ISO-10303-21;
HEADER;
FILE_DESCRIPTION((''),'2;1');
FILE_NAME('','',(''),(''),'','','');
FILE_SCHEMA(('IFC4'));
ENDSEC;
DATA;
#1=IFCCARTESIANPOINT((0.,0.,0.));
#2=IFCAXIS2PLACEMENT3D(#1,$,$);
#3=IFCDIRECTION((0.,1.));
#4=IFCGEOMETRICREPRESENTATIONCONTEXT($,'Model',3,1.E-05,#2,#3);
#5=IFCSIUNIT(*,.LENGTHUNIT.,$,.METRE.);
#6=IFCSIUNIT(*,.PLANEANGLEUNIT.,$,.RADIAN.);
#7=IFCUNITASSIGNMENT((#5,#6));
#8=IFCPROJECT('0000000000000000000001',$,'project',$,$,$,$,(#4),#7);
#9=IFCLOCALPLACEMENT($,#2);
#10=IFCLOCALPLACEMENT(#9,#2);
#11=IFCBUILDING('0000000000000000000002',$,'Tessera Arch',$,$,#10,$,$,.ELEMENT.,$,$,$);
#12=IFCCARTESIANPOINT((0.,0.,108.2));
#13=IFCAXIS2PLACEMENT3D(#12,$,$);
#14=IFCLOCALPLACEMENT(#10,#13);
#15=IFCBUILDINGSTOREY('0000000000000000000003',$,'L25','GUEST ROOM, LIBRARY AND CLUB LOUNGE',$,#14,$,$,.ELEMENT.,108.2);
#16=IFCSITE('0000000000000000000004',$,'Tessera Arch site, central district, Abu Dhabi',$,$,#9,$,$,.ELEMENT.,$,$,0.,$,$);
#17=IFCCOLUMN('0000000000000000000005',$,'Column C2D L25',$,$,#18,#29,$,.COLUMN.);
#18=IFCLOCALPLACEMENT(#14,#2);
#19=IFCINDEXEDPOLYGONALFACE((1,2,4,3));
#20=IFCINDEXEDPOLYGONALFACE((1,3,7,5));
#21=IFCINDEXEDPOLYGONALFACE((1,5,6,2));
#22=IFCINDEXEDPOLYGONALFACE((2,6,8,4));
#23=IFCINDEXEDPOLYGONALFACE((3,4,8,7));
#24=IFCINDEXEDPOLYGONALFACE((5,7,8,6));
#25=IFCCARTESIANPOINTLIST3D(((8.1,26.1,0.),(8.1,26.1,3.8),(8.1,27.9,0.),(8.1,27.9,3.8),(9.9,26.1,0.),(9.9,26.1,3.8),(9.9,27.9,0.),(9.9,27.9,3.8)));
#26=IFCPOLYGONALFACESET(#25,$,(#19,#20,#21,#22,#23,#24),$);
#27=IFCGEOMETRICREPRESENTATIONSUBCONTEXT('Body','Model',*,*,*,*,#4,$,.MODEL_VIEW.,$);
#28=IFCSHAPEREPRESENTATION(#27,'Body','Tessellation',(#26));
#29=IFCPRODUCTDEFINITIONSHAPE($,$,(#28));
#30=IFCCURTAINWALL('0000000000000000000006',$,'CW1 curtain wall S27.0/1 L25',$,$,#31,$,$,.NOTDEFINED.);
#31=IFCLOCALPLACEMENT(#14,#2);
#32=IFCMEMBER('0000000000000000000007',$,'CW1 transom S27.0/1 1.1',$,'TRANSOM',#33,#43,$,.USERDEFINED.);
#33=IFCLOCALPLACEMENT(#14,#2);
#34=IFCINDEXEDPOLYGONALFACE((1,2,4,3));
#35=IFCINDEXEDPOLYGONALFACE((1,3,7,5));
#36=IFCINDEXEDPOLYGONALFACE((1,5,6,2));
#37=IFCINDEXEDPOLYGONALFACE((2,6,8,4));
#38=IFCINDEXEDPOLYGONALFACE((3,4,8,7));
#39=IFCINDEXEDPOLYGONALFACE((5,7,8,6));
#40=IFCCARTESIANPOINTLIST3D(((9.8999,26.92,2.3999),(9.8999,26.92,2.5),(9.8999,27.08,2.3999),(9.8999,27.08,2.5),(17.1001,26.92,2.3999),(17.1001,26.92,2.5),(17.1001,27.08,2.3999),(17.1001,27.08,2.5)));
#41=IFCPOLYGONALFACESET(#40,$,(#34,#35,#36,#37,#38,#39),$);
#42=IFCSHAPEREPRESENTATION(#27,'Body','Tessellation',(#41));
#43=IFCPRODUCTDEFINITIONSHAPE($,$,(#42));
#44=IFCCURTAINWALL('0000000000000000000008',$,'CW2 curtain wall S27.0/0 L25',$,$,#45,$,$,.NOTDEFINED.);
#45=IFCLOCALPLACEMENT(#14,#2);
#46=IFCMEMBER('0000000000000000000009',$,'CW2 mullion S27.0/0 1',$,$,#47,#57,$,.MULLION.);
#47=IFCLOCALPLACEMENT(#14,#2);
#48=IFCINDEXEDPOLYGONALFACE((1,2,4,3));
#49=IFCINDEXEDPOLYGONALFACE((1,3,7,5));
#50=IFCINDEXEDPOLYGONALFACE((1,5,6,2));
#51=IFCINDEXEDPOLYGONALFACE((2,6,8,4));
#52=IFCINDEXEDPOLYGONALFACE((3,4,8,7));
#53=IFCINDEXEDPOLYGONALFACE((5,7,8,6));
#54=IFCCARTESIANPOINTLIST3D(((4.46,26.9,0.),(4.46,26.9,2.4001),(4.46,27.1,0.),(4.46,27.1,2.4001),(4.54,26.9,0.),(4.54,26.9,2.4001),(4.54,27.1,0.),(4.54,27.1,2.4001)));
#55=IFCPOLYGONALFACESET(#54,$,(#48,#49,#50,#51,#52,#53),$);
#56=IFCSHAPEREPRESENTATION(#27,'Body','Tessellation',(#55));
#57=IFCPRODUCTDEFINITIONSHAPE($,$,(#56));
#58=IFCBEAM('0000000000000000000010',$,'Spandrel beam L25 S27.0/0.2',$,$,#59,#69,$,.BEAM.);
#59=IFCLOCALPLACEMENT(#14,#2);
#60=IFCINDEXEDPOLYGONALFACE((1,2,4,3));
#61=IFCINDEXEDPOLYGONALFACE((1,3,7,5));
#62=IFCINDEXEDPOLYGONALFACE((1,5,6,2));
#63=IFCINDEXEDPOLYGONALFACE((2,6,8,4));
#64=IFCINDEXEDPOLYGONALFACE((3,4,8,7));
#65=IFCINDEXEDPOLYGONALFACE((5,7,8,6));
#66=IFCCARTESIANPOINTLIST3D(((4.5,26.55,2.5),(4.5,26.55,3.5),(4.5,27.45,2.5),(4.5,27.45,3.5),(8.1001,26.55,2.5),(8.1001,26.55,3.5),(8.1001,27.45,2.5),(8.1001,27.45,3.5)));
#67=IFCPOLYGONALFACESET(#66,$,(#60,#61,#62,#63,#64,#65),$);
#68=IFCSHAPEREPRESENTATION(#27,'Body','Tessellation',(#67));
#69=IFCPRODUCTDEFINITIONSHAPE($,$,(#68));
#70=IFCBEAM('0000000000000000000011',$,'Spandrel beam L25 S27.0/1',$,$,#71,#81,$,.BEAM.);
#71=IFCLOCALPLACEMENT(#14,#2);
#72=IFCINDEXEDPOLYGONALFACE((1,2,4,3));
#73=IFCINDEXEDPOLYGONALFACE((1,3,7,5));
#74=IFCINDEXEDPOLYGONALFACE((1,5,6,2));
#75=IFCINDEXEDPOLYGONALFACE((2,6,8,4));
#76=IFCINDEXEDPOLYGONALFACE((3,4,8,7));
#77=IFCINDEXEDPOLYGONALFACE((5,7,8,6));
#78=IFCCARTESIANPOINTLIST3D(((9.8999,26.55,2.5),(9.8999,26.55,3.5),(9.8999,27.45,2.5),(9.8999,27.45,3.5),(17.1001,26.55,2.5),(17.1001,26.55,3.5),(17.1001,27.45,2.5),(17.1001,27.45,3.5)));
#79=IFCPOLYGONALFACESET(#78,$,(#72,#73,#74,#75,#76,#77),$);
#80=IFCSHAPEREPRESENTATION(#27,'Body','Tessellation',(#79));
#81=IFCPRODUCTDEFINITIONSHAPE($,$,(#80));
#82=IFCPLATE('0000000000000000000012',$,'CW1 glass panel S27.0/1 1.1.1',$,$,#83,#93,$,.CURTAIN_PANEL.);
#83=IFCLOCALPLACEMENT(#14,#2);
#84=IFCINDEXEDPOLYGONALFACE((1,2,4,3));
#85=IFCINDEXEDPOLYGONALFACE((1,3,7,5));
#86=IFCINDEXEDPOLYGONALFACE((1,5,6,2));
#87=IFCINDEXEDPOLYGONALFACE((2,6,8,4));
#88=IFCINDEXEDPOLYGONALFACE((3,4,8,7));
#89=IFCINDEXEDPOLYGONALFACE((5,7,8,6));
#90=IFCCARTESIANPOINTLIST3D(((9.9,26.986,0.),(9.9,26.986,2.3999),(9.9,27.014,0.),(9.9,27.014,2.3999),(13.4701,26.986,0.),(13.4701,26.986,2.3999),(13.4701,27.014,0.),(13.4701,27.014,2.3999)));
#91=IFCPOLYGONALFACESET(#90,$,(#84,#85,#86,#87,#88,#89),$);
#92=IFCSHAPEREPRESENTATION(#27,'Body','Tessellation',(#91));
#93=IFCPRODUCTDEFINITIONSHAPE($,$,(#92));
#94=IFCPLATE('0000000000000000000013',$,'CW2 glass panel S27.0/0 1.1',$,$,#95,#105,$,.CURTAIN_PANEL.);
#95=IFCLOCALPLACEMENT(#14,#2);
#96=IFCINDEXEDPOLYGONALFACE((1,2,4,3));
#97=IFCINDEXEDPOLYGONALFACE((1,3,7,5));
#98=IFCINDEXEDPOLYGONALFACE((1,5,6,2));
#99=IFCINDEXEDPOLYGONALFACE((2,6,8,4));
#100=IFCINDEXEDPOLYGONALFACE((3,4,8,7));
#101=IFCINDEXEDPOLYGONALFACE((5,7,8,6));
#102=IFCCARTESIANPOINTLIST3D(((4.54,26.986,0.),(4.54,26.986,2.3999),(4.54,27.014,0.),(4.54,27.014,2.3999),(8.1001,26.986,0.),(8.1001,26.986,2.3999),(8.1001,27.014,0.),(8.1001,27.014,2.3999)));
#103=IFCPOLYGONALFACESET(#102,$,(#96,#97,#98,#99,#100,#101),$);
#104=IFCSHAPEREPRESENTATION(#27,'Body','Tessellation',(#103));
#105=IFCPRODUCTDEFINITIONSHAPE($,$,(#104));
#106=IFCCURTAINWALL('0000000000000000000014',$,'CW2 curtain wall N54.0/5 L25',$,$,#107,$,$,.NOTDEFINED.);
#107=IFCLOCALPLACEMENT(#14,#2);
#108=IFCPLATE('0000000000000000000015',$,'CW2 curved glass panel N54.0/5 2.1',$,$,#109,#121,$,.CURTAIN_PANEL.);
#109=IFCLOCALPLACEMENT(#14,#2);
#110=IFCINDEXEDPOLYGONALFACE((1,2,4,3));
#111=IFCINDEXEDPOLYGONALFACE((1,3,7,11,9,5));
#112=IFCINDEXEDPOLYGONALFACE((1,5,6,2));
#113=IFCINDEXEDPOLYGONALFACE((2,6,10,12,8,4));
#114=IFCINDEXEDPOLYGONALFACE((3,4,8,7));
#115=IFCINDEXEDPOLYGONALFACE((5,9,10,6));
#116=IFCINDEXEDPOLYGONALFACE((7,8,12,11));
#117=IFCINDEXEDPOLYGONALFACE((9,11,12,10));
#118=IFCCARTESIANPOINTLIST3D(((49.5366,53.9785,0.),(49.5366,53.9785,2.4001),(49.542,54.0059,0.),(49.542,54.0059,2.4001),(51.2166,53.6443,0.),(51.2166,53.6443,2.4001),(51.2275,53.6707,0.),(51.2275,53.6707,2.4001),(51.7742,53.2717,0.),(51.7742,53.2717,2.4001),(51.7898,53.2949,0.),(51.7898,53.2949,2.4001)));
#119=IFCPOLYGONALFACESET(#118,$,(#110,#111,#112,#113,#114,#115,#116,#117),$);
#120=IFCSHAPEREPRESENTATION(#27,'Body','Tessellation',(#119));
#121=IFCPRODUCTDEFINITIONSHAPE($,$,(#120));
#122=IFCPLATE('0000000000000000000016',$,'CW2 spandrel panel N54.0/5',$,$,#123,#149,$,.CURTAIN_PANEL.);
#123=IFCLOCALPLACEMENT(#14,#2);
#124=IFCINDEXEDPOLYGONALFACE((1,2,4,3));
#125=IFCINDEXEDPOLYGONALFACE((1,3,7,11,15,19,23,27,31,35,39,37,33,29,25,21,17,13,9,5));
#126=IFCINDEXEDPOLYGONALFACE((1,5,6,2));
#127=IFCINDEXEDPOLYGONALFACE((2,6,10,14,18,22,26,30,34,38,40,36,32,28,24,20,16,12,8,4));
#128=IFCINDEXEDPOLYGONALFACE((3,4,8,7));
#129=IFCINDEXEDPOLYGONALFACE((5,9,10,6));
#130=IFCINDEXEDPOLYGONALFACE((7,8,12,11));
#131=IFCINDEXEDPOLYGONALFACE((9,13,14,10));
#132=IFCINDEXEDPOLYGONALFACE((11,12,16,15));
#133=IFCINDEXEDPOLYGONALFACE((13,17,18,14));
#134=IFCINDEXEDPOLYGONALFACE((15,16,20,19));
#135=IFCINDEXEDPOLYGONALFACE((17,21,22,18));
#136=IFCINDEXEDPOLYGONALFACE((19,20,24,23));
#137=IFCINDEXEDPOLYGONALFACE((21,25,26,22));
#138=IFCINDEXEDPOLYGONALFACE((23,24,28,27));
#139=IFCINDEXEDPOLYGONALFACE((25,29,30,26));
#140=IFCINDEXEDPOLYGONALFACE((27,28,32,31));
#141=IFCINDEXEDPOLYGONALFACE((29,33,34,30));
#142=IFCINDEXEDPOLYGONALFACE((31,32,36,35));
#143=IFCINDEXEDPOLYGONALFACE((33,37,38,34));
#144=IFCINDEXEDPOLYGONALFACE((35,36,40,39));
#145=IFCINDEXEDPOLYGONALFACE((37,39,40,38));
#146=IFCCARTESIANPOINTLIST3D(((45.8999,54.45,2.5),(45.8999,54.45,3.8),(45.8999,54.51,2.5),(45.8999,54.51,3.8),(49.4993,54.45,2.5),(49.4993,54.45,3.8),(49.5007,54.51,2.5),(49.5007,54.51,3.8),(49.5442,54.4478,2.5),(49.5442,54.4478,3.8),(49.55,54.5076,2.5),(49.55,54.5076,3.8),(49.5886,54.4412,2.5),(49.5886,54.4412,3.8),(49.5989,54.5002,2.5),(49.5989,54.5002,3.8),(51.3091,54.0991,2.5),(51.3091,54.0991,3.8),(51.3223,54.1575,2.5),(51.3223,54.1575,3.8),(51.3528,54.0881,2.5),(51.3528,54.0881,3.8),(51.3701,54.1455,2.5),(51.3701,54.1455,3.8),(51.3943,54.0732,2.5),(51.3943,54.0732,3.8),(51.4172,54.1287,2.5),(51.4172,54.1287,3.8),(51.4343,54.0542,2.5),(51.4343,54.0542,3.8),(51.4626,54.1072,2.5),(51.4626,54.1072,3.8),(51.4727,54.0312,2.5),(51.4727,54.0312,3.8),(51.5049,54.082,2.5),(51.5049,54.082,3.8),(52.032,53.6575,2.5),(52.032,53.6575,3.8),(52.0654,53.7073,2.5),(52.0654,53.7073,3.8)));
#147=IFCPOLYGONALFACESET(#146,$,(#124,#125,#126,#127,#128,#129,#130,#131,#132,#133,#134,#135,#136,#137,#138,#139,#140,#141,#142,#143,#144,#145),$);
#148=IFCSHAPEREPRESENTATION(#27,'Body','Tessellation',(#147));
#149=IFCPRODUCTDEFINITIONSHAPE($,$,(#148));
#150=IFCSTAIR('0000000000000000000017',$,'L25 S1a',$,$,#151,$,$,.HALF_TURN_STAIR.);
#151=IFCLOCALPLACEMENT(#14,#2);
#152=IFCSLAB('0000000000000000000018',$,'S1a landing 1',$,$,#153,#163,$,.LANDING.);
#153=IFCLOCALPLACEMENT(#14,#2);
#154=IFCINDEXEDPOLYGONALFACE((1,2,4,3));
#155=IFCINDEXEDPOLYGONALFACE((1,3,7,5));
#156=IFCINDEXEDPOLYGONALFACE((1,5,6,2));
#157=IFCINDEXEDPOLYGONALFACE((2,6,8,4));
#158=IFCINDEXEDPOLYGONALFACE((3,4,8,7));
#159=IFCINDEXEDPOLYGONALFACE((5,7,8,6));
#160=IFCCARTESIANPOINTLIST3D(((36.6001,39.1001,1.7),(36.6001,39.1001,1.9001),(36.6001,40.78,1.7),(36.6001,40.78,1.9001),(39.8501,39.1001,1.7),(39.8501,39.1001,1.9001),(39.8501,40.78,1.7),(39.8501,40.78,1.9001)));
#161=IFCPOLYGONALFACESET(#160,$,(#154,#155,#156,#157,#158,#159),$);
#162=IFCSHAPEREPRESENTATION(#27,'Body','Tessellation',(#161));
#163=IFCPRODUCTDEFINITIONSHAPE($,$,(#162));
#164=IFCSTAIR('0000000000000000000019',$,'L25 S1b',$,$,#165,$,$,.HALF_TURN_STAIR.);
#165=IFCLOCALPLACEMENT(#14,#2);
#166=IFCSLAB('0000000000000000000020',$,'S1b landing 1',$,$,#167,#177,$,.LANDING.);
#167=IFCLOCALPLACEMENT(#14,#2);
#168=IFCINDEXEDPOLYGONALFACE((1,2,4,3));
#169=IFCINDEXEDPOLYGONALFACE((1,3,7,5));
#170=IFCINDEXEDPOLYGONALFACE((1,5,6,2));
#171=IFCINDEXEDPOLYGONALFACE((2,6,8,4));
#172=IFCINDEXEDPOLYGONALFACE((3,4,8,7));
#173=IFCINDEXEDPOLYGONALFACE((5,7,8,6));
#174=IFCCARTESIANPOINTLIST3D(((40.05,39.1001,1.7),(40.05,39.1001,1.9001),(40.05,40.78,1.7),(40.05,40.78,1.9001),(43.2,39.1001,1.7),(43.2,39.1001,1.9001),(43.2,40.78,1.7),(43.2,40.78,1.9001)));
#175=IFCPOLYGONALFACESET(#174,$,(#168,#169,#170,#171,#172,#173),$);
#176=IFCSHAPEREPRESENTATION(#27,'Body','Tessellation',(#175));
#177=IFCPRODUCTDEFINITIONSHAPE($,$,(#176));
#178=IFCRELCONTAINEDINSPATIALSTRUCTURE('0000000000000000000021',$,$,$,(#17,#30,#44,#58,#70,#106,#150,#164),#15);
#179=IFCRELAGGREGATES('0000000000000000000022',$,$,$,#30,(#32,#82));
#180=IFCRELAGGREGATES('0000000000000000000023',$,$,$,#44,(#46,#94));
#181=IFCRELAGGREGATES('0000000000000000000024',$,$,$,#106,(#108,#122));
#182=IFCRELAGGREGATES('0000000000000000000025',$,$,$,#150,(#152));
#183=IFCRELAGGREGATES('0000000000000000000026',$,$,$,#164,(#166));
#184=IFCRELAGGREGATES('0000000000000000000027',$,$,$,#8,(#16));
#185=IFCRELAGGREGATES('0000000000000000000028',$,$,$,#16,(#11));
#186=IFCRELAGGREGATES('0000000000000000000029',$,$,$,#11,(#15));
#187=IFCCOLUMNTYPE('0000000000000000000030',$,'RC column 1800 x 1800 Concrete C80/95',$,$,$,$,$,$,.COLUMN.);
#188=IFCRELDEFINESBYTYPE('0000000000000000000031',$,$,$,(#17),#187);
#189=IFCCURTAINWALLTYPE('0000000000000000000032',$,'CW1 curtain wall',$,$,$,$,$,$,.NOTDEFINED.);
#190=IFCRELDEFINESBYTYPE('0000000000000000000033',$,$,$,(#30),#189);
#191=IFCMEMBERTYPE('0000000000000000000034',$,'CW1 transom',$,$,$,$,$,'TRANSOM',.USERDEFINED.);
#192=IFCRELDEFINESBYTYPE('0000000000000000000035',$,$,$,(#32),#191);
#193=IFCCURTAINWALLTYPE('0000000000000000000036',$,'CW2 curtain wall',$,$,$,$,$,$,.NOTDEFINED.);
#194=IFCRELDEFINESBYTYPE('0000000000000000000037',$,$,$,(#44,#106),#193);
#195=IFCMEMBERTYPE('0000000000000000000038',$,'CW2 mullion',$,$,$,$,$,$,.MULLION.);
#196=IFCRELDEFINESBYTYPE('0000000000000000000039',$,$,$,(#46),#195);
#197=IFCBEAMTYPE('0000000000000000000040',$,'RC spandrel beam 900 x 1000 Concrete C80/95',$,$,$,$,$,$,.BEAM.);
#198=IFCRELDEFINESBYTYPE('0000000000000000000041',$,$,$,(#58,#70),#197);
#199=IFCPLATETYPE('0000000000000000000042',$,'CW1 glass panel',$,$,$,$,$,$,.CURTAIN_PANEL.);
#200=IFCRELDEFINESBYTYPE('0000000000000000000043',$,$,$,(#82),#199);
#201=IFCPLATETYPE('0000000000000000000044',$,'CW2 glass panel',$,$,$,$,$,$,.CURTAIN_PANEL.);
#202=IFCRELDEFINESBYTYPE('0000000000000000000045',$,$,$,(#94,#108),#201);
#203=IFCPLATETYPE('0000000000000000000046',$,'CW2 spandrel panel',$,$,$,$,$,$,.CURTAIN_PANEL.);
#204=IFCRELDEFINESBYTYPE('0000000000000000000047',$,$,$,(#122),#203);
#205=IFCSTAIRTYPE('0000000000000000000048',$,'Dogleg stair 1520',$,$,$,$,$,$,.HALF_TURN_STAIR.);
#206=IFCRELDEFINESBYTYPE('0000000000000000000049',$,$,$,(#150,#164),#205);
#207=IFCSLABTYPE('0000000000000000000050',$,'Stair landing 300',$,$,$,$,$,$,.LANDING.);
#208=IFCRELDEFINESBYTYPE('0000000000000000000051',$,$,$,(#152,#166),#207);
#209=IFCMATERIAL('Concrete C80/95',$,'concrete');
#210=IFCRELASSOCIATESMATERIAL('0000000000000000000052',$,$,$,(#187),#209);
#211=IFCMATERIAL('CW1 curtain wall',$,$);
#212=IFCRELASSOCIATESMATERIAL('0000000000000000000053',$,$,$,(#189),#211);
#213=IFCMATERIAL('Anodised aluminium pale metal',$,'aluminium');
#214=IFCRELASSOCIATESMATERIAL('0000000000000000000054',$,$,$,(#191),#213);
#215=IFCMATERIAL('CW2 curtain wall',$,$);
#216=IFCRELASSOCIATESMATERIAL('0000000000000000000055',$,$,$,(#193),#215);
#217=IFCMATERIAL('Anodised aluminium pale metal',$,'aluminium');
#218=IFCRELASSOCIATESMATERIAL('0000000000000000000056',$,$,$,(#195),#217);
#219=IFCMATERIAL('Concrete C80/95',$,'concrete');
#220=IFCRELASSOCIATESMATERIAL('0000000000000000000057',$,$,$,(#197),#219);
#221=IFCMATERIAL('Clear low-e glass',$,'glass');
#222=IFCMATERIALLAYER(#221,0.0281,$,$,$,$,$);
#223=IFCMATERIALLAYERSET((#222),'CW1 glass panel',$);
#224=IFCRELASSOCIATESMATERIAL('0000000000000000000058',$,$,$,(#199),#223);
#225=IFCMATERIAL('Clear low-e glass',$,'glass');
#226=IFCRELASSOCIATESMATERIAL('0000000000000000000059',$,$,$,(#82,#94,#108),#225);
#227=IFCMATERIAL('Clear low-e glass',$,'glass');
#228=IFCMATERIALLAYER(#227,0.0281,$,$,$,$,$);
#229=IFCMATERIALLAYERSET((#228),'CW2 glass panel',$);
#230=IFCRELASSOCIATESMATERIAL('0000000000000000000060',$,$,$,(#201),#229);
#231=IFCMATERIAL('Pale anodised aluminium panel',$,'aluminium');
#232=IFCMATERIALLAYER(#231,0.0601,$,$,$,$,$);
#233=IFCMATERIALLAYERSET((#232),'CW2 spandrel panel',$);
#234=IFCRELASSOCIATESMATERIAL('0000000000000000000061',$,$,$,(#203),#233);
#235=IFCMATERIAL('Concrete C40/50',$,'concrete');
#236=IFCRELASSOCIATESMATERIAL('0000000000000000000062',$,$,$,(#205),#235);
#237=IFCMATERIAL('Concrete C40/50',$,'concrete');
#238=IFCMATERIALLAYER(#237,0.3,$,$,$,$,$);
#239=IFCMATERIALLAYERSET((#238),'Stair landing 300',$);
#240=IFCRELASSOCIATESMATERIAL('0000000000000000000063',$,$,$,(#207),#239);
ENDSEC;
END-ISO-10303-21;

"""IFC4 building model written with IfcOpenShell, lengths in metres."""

from ifc_helpers import new_model, si_unit, direction, frame, origin, origin_2d, place, context, subcontext, project, spatial, polyline, rectangle, outline, extrude, material, layer, layer_set, material_profile, profile_set, type_object, element, aggregate, save


model = new_model("IFC4")

# Units and contexts
model_context = context("Model", 3, precision=1e-05, world=origin(), true_north=direction((0.0, 1.0)))
body_context = subcontext(model_context, "Body", "Model", "MODEL_VIEW")
ifc_project = project(units=[si_unit("LENGTHUNIT", "METRE"), si_unit("PLANEANGLEUNIT", "RADIAN")], contexts=[model_context])

# Site, building, storey
site_placement = place(None, origin())
site = spatial("IfcSite", under=ifc_project, at=site_placement, Name="Tessera Arch site, central district, Abu Dhabi", CompositionType="ELEMENT", RefElevation=0.0)
building_placement = place(site_placement, origin())
building = spatial("IfcBuilding", under=site, at=building_placement, Name="Tessera Arch", CompositionType="ELEMENT")
storey_placement = place(building_placement, frame((0.0, 0.0, 108.2)))
storey = spatial("IfcBuildingStorey", under=building, at=storey_placement, Name="L25", Description="GUEST ROOM, LIBRARY AND CLUB LOUNGE", CompositionType="ELEMENT", Elevation=108.2)

# Column
ifc_material_1 = material(Name="Concrete C80/95", Category="concrete")
ifc_material_profile_1 = material_profile(ifc_material_1, rectangle(XDim=1.8, YDim=1.8, at=origin_2d()), Name="RC column 1800 x 1800 Concrete C80/95")
ifc_profile_set_1 = profile_set([ifc_material_profile_1], Name="Concrete C80/95")
column_type = type_object("IfcColumnType", Name="RC column 1800 x 1800 Concrete C80/95", PredefinedType="COLUMN", material=ifc_profile_set_1)
column_placement = place(storey_placement, frame((9.0, 27.0, 0.0), z_axis=(0.0, 0.0, 1.0), x_axis=(1.0, 0.0, 0.0)))
element("IfcColumn", 1, at=column_placement, inside=storey, type_object=column_type, Name="Column C2D L25", PredefinedType="COLUMN", context=body_context, shape_type="SweptSolid", body=[
    extrude(rectangle(XDim=1.8, YDim=1.8, at=origin_2d()), origin(), (0.0, 0.0, 1.0), 3.8),
])

# Curtain walls, members
ifc_material_2 = material(Name="CW1 curtain wall")
curtain_wall_type_1 = type_object("IfcCurtainWallType", Name="CW1 curtain wall", PredefinedType="NOTDEFINED", material=ifc_material_2)
curtain_wall_1_placement = place(storey_placement, origin())
curtain_wall_1 = element("IfcCurtainWall", 2, at=curtain_wall_1_placement, inside=storey, type_object=curtain_wall_type_1, Name="CW1 curtain wall S27.0/1 L25", PredefinedType="NOTDEFINED")
ifc_material_3 = material(Name="Anodised aluminium pale metal", Category="aluminium")
ifc_material_profile_2 = material_profile(ifc_material_3, rectangle(XDim=0.1599, YDim=0.1001, at=origin_2d()), Name="AL 160x100")
ifc_profile_set_2 = profile_set([ifc_material_profile_2], Name="Anodised aluminium pale metal")
member_type_1 = type_object("IfcMemberType", Name="CW1 transom", ElementType="TRANSOM", PredefinedType="USERDEFINED", material=ifc_profile_set_2)
member_1_placement = place(storey_placement, frame((9.8999, 27.0, 2.45), z_axis=(1.0, 0.0, 0.0), x_axis=(0.0, 1.0, 0.0)))
member_1 = element("IfcMember", 3, at=member_1_placement, type_object=member_type_1, Name="CW1 transom S27.0/1 1.1", ObjectType="TRANSOM", PredefinedType="USERDEFINED", context=body_context, shape_type="SweptSolid", body=[
    extrude(rectangle(XDim=0.1599, YDim=0.1001, at=origin_2d()), origin(), (0.0, 0.0, 1.0), 7.2002),
])
ifc_material_4 = material(Name="CW2 curtain wall")
curtain_wall_type_2 = type_object("IfcCurtainWallType", Name="CW2 curtain wall", PredefinedType="NOTDEFINED", material=ifc_material_4)
curtain_wall_2_placement = place(storey_placement, origin())
curtain_wall_2 = element("IfcCurtainWall", 4, at=curtain_wall_2_placement, inside=storey, type_object=curtain_wall_type_2, Name="CW2 curtain wall S27.0/0 L25", PredefinedType="NOTDEFINED")
ifc_material_5 = material(Name="Anodised aluminium pale metal", Category="aluminium")
ifc_material_profile_3 = material_profile(ifc_material_5, rectangle(XDim=0.2, YDim=0.0801, at=origin_2d()), Name="AL 80x200")
ifc_profile_set_3 = profile_set([ifc_material_profile_3], Name="Anodised aluminium pale metal")
member_type_2 = type_object("IfcMemberType", Name="CW2 mullion", PredefinedType="MULLION", material=ifc_profile_set_3)
member_2_placement = place(storey_placement, frame((4.5, 27.0, 0.0), z_axis=(0.0, 0.0, 1.0), x_axis=(0.0, 1.0, 0.0)))
member_2 = element("IfcMember", 5, at=member_2_placement, type_object=member_type_2, Name="CW2 mullion S27.0/0 1", PredefinedType="MULLION", context=body_context, shape_type="SweptSolid", body=[
    extrude(rectangle(XDim=0.2, YDim=0.0801, at=origin_2d()), origin(), (0.0, 0.0, 1.0), 2.4001),
])

# Beams
ifc_material_6 = material(Name="Concrete C80/95", Category="concrete")
ifc_material_profile_4 = material_profile(ifc_material_6, rectangle(XDim=0.8999, YDim=1.0, at=origin_2d()), Name="RC spandrel beam 900 x 1000 Concrete C80/95")
ifc_profile_set_4 = profile_set([ifc_material_profile_4], Name="Concrete C80/95")
beam_type = type_object("IfcBeamType", Name="RC spandrel beam 900 x 1000 Concrete C80/95", PredefinedType="BEAM", material=ifc_profile_set_4)
beam_1_placement = place(storey_placement, frame((4.5, 27.0, 3.0), z_axis=(1.0, 0.0, 0.0), x_axis=(0.0, 1.0, 0.0)))
element("IfcBeam", 6, at=beam_1_placement, inside=storey, type_object=beam_type, Name="Spandrel beam L25 S27.0/0.2", PredefinedType="BEAM", context=body_context, shape_type="SweptSolid", body=[
    extrude(rectangle(XDim=0.8999, YDim=1.0, at=origin_2d()), origin(), (0.0, 0.0, 1.0), 3.6001),
])
beam_2_placement = place(storey_placement, frame((9.8999, 27.0, 3.0), z_axis=(1.0, 0.0, 0.0), x_axis=(0.0, 1.0, 0.0)))
element("IfcBeam", 7, at=beam_2_placement, inside=storey, type_object=beam_type, Name="Spandrel beam L25 S27.0/1", PredefinedType="BEAM", context=body_context, shape_type="SweptSolid", body=[
    extrude(rectangle(XDim=0.8999, YDim=1.0, at=origin_2d()), origin(), (0.0, 0.0, 1.0), 7.2002),
])

# Plates
ifc_material_7 = material(Name="Clear low-e glass", Category="glass")
ifc_material_8 = material(Name="Clear low-e glass", Category="glass")
ifc_layer_1 = layer(ifc_material_8, 0.0281)
ifc_layer_set_1 = layer_set([ifc_layer_1], Name="CW1 glass panel")
plate_type_1 = type_object("IfcPlateType", Name="CW1 glass panel", PredefinedType="CURTAIN_PANEL", material=ifc_layer_set_1)
plate_1_placement = place(storey_placement, frame((11.6851, 27.0, 0.0), z_axis=(0.0, 0.0, 1.0), x_axis=(1.0, 0.0, 0.0)))
plate_1 = element("IfcPlate", 8, at=plate_1_placement, type_object=plate_type_1, material=ifc_material_7, Name="CW1 glass panel S27.0/1 1.1.1", PredefinedType="CURTAIN_PANEL", context=body_context, shape_type="SweptSolid", body=[
    extrude(rectangle(XDim=3.5701, YDim=0.0281, at=origin_2d()), origin(), (0.0, 0.0, 1.0), 2.3999),
])
aggregate(curtain_wall_1, [member_1, plate_1])
ifc_material_9 = material(Name="Clear low-e glass", Category="glass")
ifc_layer_2 = layer(ifc_material_9, 0.0281)
ifc_layer_set_2 = layer_set([ifc_layer_2], Name="CW2 glass panel")
plate_type_2 = type_object("IfcPlateType", Name="CW2 glass panel", PredefinedType="CURTAIN_PANEL", material=ifc_layer_set_2)
plate_2_placement = place(storey_placement, frame((6.3201, 27.0, 0.0), z_axis=(0.0, 0.0, 1.0), x_axis=(1.0, 0.0, 0.0)))
plate_2 = element("IfcPlate", 9, at=plate_2_placement, type_object=plate_type_2, material=ifc_material_7, Name="CW2 glass panel S27.0/0 1.1", PredefinedType="CURTAIN_PANEL", context=body_context, shape_type="SweptSolid", body=[
    extrude(rectangle(XDim=3.5601, YDim=0.0281, at=origin_2d()), origin(), (0.0, 0.0, 1.0), 2.3999),
])
aggregate(curtain_wall_2, [member_2, plate_2])

# Curtain wall, plates
curtain_wall_3_placement = place(storey_placement, origin())
curtain_wall_3 = element("IfcCurtainWall", 10, at=curtain_wall_3_placement, inside=storey, type_object=curtain_wall_type_2, Name="CW2 curtain wall N54.0/5 L25", PredefinedType="NOTDEFINED")
plate_3_placement = place(storey_placement, origin())
plate_3 = element("IfcPlate", 11, at=plate_3_placement, type_object=plate_type_2, material=ifc_material_7, Name="CW2 curved glass panel N54.0/5 2.1", PredefinedType="CURTAIN_PANEL", context=body_context, shape_type="SweptSolid", body=[
    extrude(outline(polyline([(51.2166, 53.6443), (51.7742, 53.2717), (51.7898, 53.2949), (51.2275, 53.6707), (49.542, 54.0059), (49.5366, 53.9785), (51.2166, 53.6443)])), origin(), (0.0, 0.0, 1.0), 2.4001),
])
ifc_material_10 = material(Name="Pale anodised aluminium panel", Category="aluminium")
ifc_layer_3 = layer(ifc_material_10, 0.0601)
ifc_layer_set_3 = layer_set([ifc_layer_3], Name="CW2 spandrel panel")
plate_type_3 = type_object("IfcPlateType", Name="CW2 spandrel panel", PredefinedType="CURTAIN_PANEL", material=ifc_layer_set_3)
plate_4_placement = place(storey_placement, frame((0.0, 0.0, 2.5)))
plate_4 = element("IfcPlate", 12, at=plate_4_placement, type_object=plate_type_3, Name="CW2 spandrel panel N54.0/5", PredefinedType="CURTAIN_PANEL", context=body_context, shape_type="SweptSolid", body=[
    extrude(outline(polyline([(51.4727, 54.0312), (52.032, 53.6575), (52.0654, 53.7073), (51.5049, 54.082), (51.4626, 54.1072), (51.4172, 54.1287), (51.3701, 54.1455), (51.3223, 54.1575), (49.5989, 54.5002), (49.55, 54.5076), (49.5007, 54.51), (45.8999, 54.51), (45.8999, 54.45), (49.4993, 54.45), (49.5442, 54.4478), (49.5886, 54.4412), (51.3091, 54.0991), (51.3528, 54.0881), (51.3943, 54.0732), (51.4343, 54.0542), (51.4727, 54.0312)])), origin(), (0.0, 0.0, 1.0), 1.3),
])
aggregate(curtain_wall_3, [plate_3, plate_4])

# Stairs, slabs
ifc_material_11 = material(Name="Concrete C40/50", Category="concrete")
stair_type_1 = type_object("IfcStairType", Name="Dogleg stair 1520", PredefinedType="HALF_TURN_STAIR", material=ifc_material_11)
stair_1_placement = place(storey_placement, origin())
stair_1 = element("IfcStair", 13, at=stair_1_placement, inside=storey, type_object=stair_type_1, Name="L25 S1a", PredefinedType="HALF_TURN_STAIR")
ifc_material_12 = material(Name="Concrete C40/50", Category="concrete")
ifc_layer_4 = layer(ifc_material_12, 0.3)
ifc_layer_set_4 = layer_set([ifc_layer_4], Name="Stair landing 300")
slab_type = type_object("IfcSlabType", Name="Stair landing 300", PredefinedType="LANDING", material=ifc_layer_set_4)
slab_1_placement = place(storey_placement, frame((0.0, 0.0, 1.7)))
slab_1 = element("IfcSlab", 14, at=slab_1_placement, type_object=slab_type, Name="S1a landing 1", PredefinedType="LANDING", context=body_context, shape_type="SweptSolid", body=[
    extrude(outline(polyline([(36.6001, 40.78), (36.6001, 39.1001), (39.8501, 39.1001), (39.8501, 40.78), (36.6001, 40.78)])), origin(), (0.0, 0.0, 1.0), 0.2002),
])
aggregate(stair_1, [slab_1])
stair_2_placement = place(storey_placement, origin())
stair_2 = element("IfcStair", 15, at=stair_2_placement, inside=storey, type_object=stair_type_1, Name="L25 S1b", PredefinedType="HALF_TURN_STAIR")
slab_2_placement = place(storey_placement, frame((0.0, 0.0, 1.7)))
slab_2 = element("IfcSlab", 16, at=slab_2_placement, type_object=slab_type, Name="S1b landing 1", PredefinedType="LANDING", context=body_context, shape_type="SweptSolid", body=[
    extrude(outline(polyline([(40.05, 40.78), (40.05, 39.1001), (43.2, 39.1001), (43.2, 40.78), (40.05, 40.78)])), origin(), (0.0, 0.0, 1.0), 0.2002),
])
aggregate(stair_2, [slab_2])

save(model, "model.ifc")
